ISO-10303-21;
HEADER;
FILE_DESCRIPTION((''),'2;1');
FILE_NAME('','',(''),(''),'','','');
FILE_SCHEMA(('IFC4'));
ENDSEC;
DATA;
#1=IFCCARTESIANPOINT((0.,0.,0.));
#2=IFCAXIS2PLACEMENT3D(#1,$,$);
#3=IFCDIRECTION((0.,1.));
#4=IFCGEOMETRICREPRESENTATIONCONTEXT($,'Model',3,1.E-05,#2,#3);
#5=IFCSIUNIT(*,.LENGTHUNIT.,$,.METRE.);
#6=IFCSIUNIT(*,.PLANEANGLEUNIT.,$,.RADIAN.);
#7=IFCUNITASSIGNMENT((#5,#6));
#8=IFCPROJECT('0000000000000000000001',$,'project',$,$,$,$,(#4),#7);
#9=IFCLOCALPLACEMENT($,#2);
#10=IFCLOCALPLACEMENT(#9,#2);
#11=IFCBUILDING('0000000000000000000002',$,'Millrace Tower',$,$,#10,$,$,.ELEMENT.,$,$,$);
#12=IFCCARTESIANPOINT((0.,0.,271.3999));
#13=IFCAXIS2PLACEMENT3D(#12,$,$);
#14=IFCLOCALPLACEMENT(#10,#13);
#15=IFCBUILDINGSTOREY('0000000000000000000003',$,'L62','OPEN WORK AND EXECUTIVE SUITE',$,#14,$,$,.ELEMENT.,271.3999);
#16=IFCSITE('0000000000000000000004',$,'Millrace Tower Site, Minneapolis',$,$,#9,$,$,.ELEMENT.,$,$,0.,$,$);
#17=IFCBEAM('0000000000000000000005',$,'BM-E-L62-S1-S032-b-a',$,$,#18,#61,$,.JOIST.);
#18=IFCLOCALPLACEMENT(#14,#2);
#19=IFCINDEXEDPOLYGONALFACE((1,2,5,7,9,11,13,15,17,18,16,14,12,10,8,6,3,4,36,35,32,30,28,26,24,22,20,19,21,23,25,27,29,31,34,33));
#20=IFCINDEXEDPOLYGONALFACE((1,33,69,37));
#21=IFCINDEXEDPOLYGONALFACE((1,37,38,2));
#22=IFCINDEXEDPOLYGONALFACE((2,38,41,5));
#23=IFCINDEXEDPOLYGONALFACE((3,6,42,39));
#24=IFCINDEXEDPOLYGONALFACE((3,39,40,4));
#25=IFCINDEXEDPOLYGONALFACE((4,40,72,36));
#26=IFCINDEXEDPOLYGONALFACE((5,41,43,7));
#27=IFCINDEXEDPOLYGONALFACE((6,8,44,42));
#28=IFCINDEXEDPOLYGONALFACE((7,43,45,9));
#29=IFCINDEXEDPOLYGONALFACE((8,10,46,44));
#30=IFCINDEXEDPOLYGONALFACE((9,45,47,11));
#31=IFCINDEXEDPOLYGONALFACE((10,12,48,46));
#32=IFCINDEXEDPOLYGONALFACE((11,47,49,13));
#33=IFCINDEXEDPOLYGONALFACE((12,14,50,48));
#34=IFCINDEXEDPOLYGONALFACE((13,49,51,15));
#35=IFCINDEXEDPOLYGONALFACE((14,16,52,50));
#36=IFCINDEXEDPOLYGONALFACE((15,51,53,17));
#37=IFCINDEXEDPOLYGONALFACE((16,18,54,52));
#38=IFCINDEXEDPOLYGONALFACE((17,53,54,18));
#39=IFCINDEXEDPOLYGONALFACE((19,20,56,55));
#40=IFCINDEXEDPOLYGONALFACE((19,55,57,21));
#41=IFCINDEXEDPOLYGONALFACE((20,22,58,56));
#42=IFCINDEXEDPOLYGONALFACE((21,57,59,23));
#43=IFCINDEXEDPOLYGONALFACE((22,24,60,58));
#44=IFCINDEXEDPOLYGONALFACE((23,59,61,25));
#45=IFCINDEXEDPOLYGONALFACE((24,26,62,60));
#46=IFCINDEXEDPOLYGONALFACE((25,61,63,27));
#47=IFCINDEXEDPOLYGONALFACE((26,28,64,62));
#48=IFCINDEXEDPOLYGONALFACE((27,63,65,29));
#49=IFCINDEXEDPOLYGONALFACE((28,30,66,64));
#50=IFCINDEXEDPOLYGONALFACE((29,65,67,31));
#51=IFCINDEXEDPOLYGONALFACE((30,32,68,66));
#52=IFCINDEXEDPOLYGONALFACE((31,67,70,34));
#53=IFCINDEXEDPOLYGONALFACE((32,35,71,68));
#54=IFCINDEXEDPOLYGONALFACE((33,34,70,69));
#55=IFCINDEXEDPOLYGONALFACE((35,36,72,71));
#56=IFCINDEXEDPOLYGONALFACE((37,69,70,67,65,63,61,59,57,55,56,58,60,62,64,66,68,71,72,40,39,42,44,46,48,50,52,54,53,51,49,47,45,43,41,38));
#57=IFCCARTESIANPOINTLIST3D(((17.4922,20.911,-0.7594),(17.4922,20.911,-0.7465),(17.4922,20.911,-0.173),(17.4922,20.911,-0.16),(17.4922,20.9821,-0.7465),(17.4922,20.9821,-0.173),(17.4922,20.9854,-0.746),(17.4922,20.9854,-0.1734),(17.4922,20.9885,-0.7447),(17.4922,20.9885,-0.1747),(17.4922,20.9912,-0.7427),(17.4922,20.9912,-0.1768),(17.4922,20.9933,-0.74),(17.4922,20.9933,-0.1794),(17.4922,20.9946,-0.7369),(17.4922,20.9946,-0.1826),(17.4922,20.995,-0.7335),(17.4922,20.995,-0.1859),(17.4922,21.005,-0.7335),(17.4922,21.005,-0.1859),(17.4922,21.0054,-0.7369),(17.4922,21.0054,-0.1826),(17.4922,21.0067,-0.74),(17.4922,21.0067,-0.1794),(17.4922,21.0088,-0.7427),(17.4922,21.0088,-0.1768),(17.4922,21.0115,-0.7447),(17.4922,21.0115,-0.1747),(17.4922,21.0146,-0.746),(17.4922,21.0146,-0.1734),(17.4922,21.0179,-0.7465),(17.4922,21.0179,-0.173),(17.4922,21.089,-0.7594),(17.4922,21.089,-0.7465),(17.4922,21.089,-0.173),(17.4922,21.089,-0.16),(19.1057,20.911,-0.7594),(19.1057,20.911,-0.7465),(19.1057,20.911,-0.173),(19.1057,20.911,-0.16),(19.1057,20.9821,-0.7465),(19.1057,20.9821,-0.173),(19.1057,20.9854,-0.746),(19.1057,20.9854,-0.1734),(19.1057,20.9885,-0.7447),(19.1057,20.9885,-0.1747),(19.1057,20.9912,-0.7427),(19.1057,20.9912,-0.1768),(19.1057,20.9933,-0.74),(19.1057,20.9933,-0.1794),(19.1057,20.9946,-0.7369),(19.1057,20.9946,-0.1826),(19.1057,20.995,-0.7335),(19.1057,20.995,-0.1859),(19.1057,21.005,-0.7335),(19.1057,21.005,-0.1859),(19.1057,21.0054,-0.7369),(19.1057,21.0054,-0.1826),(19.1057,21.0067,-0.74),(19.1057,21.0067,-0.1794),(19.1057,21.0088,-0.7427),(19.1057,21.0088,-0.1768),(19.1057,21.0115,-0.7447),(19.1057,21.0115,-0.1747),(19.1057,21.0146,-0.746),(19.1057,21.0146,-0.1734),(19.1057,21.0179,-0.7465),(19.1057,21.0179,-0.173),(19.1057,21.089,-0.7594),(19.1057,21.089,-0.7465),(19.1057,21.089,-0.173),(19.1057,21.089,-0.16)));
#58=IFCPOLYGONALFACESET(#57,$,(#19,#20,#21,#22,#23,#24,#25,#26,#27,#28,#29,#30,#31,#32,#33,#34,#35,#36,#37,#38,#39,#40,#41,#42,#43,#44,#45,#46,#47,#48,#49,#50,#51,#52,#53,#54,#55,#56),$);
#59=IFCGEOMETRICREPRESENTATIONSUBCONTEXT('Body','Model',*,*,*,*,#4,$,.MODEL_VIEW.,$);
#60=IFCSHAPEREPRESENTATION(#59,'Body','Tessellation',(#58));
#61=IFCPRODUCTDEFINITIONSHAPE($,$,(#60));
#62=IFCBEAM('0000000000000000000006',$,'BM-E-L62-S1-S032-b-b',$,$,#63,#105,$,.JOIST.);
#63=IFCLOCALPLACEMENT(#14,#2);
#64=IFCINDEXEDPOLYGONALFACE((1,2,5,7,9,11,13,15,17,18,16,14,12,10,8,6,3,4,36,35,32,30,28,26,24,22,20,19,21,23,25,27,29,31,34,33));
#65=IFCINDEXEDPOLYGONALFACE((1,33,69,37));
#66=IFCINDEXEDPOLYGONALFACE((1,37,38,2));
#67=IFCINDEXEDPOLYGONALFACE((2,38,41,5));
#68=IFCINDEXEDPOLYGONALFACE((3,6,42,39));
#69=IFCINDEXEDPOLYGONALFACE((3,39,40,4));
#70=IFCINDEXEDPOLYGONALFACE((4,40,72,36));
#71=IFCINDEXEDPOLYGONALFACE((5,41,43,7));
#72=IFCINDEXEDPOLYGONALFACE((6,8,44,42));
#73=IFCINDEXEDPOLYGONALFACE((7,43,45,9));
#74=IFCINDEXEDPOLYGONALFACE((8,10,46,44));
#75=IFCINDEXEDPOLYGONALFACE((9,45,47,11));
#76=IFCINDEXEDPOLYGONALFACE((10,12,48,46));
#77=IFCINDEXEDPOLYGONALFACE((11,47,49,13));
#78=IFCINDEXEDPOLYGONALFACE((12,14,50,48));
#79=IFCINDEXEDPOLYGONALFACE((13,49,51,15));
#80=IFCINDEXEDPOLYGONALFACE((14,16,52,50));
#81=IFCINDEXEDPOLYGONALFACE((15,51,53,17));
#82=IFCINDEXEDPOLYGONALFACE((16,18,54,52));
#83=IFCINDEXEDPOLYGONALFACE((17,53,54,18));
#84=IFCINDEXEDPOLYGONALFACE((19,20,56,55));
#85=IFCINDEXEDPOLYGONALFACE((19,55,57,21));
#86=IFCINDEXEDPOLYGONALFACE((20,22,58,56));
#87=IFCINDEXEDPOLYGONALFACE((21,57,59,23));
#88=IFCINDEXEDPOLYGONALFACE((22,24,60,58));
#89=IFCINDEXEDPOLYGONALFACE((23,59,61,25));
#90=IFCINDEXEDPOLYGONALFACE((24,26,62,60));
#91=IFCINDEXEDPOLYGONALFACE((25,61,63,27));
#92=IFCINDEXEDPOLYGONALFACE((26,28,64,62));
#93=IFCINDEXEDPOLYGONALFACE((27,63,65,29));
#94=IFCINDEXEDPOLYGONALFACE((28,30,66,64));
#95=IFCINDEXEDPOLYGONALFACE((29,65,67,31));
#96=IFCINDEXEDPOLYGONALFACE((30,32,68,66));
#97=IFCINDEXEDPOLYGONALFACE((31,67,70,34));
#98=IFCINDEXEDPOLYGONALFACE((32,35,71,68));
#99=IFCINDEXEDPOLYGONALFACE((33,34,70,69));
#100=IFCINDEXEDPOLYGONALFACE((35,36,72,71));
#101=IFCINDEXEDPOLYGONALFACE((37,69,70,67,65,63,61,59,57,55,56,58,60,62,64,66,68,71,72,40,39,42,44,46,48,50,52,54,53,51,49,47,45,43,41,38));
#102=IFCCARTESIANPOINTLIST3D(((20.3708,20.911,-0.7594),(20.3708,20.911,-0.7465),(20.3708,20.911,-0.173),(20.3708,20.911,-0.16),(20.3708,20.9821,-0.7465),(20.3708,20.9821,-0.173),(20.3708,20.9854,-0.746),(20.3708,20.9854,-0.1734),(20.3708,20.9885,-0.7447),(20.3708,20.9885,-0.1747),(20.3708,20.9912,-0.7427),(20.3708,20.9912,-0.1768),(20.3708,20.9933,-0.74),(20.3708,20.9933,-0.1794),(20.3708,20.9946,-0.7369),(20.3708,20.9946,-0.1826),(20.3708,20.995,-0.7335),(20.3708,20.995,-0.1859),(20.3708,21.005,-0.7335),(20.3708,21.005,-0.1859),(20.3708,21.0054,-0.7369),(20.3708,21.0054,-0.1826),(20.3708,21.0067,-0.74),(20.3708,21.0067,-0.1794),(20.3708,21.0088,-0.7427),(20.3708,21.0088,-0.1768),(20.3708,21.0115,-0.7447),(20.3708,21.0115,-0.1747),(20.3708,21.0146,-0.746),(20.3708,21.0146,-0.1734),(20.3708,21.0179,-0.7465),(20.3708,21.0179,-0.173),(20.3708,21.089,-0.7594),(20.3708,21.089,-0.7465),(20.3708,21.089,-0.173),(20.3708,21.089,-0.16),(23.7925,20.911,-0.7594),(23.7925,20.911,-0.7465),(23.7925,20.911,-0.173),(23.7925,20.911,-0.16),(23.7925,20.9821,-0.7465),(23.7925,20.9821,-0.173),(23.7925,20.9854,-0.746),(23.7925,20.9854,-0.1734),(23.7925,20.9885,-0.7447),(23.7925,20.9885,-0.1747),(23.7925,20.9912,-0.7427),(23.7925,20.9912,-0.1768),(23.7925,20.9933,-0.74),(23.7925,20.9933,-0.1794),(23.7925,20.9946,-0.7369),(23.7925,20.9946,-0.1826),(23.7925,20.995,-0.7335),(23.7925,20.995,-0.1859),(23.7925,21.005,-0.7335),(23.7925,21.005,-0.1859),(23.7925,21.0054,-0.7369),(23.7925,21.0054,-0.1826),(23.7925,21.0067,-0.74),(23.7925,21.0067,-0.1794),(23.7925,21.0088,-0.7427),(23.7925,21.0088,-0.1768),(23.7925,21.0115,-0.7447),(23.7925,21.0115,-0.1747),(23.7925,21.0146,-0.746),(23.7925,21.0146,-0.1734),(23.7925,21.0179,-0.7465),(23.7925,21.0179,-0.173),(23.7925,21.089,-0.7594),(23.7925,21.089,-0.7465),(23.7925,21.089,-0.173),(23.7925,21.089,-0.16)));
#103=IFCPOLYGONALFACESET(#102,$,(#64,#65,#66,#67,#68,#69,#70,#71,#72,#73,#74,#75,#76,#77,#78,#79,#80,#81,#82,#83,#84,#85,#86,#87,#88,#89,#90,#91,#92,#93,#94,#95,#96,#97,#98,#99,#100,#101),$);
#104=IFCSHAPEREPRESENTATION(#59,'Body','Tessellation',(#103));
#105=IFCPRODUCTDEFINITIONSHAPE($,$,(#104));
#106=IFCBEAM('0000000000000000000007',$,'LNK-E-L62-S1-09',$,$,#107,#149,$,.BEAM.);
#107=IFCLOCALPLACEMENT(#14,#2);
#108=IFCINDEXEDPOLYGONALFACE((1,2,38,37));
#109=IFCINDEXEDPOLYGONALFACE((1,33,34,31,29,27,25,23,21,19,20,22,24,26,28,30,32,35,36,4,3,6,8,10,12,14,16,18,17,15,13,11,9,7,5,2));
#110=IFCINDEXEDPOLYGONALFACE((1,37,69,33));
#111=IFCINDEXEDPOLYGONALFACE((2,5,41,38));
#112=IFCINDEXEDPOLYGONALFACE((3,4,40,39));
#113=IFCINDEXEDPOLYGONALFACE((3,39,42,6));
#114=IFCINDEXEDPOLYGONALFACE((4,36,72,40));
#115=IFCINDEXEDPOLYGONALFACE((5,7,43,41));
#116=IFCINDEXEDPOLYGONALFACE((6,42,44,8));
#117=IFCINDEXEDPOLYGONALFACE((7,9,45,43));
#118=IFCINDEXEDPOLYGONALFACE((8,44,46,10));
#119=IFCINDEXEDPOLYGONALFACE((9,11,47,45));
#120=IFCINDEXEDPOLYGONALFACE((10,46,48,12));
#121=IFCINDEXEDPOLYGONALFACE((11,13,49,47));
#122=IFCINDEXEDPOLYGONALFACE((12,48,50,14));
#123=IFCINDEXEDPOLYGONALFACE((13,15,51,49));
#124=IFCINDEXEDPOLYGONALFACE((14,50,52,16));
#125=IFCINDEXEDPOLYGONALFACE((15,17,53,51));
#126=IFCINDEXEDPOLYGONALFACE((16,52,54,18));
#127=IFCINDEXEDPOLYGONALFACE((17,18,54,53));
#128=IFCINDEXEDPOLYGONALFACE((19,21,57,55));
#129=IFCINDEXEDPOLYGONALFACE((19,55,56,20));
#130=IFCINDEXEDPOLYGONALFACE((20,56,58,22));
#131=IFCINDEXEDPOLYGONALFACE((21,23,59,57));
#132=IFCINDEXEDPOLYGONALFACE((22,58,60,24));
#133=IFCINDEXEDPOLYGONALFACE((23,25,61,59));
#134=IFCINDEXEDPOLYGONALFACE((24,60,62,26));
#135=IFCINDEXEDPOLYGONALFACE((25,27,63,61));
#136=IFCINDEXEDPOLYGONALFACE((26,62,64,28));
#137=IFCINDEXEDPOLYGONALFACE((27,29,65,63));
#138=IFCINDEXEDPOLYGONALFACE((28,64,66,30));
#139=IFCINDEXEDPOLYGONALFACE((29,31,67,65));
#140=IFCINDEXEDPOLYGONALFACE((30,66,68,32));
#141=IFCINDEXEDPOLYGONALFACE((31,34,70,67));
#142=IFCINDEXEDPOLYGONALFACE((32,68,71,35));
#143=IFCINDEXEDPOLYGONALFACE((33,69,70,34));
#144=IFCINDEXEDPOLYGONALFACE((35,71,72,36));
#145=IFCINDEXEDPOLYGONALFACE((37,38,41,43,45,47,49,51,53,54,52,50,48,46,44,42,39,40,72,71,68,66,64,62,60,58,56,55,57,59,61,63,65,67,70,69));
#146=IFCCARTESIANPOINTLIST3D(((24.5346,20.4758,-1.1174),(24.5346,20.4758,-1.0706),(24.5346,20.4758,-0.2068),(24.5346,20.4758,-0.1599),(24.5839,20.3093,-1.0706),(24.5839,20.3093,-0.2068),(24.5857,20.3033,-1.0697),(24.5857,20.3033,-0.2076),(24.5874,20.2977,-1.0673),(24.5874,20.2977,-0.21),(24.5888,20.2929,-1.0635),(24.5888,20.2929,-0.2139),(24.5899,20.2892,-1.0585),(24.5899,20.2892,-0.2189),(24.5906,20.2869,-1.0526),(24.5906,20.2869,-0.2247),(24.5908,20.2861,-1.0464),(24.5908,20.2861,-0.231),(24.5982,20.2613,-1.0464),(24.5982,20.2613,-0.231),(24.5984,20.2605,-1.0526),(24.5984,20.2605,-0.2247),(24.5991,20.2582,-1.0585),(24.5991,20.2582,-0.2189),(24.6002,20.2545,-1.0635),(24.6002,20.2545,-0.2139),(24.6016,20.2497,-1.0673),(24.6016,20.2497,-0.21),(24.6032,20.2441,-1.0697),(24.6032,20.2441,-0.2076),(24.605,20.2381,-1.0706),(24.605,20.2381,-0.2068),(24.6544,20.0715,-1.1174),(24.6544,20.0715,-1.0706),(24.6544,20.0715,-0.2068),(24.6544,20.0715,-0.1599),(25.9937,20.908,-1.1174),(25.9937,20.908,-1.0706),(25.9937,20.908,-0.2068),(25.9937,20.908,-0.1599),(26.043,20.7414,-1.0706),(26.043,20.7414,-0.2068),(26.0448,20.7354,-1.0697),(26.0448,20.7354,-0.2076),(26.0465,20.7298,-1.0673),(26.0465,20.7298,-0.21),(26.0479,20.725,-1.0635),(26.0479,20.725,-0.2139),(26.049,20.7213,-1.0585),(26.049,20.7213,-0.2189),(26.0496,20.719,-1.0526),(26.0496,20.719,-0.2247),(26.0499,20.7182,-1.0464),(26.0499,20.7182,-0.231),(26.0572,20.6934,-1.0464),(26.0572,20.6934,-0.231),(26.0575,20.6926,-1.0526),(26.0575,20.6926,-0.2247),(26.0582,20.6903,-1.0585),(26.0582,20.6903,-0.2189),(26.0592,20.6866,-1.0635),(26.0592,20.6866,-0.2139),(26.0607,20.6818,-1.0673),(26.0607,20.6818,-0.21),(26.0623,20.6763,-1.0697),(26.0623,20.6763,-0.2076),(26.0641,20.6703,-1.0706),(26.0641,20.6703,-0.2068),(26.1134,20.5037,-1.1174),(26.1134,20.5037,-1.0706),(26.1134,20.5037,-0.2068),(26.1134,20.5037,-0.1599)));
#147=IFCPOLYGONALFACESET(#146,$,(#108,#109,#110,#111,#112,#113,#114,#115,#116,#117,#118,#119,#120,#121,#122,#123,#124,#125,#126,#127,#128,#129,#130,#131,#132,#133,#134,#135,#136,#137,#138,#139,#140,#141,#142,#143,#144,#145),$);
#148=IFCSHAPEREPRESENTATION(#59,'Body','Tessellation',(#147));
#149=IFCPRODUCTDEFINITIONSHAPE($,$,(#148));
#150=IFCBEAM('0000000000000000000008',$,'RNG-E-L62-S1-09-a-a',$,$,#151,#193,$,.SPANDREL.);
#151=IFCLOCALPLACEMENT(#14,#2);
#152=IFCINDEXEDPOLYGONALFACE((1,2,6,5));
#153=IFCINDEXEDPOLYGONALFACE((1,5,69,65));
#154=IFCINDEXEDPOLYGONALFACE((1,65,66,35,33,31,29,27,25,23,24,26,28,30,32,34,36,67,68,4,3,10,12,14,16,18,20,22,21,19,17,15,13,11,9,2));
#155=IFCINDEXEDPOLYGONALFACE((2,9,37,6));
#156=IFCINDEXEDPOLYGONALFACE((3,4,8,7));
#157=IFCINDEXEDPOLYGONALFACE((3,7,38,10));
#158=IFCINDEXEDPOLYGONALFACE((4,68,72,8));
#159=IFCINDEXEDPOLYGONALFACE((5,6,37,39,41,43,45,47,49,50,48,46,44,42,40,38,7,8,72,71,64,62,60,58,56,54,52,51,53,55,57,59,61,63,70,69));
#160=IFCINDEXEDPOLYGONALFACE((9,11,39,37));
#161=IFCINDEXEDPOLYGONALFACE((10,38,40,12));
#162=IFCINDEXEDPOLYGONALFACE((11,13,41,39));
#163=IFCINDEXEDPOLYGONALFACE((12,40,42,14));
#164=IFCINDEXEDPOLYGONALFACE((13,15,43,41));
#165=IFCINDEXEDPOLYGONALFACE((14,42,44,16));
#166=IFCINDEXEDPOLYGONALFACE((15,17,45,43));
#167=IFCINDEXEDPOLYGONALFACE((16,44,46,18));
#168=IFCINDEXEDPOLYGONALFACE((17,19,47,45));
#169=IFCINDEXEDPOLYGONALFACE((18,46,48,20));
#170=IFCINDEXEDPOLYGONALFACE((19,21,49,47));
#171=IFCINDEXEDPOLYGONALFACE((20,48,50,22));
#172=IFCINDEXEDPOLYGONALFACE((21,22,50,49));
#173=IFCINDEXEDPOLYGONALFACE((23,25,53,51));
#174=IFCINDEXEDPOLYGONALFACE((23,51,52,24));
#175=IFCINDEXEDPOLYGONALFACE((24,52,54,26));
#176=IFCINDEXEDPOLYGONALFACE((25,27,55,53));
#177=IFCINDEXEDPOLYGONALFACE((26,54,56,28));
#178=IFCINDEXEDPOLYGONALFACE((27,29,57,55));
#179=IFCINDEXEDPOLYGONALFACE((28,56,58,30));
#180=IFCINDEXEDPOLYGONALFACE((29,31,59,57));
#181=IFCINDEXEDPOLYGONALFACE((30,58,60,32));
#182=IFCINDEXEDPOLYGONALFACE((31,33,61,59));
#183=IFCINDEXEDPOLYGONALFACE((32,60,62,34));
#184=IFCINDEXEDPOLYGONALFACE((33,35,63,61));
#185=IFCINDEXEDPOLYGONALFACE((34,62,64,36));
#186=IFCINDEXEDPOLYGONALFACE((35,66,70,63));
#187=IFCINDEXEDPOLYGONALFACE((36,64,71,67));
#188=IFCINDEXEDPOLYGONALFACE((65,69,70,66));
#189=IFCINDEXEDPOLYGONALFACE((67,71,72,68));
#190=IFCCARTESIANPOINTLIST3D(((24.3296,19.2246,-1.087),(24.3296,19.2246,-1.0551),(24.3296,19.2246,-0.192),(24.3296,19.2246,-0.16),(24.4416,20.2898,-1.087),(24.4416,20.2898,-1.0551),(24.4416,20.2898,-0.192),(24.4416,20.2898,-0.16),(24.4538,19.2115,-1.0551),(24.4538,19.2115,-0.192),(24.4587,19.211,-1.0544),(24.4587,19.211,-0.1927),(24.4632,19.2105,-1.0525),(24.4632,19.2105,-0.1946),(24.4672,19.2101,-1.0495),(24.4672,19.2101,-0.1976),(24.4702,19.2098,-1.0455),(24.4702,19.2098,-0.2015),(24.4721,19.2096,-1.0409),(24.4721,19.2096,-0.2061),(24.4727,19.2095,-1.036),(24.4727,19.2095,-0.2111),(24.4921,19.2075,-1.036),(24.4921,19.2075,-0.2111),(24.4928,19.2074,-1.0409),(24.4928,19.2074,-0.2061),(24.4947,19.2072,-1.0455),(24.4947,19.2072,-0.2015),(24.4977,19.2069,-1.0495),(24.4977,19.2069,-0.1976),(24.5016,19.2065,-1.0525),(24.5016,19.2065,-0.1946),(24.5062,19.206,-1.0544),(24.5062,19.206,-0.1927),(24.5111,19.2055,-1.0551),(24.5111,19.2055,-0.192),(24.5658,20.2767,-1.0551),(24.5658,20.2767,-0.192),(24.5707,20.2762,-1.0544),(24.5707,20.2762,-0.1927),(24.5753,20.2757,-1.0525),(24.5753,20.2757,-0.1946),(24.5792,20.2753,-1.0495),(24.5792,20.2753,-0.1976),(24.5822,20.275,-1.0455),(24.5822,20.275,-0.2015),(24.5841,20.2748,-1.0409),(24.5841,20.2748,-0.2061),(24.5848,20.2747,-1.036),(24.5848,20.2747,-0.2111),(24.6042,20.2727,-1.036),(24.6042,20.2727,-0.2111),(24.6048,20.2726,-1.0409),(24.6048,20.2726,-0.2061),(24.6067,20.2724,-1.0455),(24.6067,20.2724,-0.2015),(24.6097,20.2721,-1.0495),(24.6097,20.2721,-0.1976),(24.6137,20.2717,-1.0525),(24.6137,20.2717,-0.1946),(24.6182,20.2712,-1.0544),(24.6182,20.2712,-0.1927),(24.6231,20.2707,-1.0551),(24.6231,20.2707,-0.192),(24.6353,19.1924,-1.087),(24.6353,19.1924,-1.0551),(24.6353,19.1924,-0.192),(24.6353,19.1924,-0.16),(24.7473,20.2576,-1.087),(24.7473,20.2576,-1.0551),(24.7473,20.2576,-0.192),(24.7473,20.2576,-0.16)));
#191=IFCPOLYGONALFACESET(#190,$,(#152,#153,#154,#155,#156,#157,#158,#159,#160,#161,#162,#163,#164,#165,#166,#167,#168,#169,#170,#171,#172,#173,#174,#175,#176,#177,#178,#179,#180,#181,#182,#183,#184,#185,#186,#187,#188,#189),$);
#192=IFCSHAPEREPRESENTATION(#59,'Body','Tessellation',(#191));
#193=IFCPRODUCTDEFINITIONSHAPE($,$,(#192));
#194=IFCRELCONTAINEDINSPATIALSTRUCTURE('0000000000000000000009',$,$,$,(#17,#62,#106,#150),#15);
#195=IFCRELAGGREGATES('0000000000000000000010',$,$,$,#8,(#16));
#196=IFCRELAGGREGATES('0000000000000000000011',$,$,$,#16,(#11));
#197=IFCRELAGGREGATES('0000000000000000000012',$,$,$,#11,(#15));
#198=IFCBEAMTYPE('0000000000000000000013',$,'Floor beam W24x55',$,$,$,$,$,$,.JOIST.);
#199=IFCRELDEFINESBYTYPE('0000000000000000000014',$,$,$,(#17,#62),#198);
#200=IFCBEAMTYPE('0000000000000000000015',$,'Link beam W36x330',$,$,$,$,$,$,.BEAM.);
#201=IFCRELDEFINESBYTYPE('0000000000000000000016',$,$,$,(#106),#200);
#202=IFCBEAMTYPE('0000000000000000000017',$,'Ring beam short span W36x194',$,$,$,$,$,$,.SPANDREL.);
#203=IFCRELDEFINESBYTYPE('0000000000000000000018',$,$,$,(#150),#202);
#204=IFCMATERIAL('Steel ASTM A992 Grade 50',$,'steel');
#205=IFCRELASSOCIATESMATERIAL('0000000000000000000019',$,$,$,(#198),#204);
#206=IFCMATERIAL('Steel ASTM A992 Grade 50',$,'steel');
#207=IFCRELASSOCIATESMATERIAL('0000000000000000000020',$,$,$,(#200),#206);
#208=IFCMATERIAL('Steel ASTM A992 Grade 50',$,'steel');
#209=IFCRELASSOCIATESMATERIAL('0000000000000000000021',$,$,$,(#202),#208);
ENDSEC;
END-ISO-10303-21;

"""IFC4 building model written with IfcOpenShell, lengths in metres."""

from ifc_helpers import new_model, si_unit, direction, frame, origin, origin_2d, place, context, subcontext, project, spatial, i_section, extrude, material, material_profile, profile_set, type_object, element, save


model = new_model("IFC4")

# Units and contexts
model_context = context("Model", 3, precision=1e-05, world=origin(), true_north=direction((0.0, 1.0)))
body_context = subcontext(model_context, "Body", "Model", "MODEL_VIEW")
ifc_project = project(units=[si_unit("LENGTHUNIT", "METRE"), si_unit("PLANEANGLEUNIT", "RADIAN")], contexts=[model_context])

# Site, building, storey
site_placement = place(None, origin())
site = spatial("IfcSite", under=ifc_project, at=site_placement, Name="Millrace Tower Site, Minneapolis", CompositionType="ELEMENT", RefElevation=0.0)
building_placement = place(site_placement, origin())
building = spatial("IfcBuilding", under=site, at=building_placement, Name="Millrace Tower", CompositionType="ELEMENT")
storey_placement = place(building_placement, frame((0.0, 0.0, 271.3999)))
storey = spatial("IfcBuildingStorey", under=building, at=storey_placement, Name="L62", Description="OPEN WORK AND EXECUTIVE SUITE", CompositionType="ELEMENT", Elevation=271.3999)

# Beams
ifc_material_1 = material(Name="Steel ASTM A992 Grade 50", Category="steel")
ifc_material_profile_1 = material_profile(ifc_material_1, i_section(OverallWidth=0.178, OverallDepth=0.5994, WebThickness=0.01, FlangeThickness=0.0129, FilletRadius=0.0129, at=origin_2d()))
ifc_profile_set_1 = profile_set([ifc_material_profile_1], Name="Steel ASTM A992 Grade 50")
beam_type_1 = type_object("IfcBeamType", Name="Floor beam W24x55", PredefinedType="JOIST", material=ifc_profile_set_1)
beam_1_placement = place(storey_placement, frame((17.4922, 21.0, -0.4597), z_axis=(1.0, 0.0, 0.0), x_axis=(0.0, 1.0, 0.0)))
element("IfcBeam", 1, at=beam_1_placement, inside=storey, type_object=beam_type_1, Name="BM-E-L62-S1-S032-b-a", PredefinedType="JOIST", context=body_context, shape_type="SweptSolid", body=[
    extrude(i_section(OverallWidth=0.178, OverallDepth=0.5994, WebThickness=0.01, FlangeThickness=0.0129, FilletRadius=0.0129, at=origin_2d()), origin(), (0.0, 0.0, 1.0), 1.6135),
])
beam_2_placement = place(storey_placement, frame((20.3708, 21.0, -0.4597), z_axis=(1.0, 0.0, 0.0), x_axis=(0.0, 1.0, 0.0)))
element("IfcBeam", 2, at=beam_2_placement, inside=storey, type_object=beam_type_1, Name="BM-E-L62-S1-S032-b-b", PredefinedType="JOIST", context=body_context, shape_type="SweptSolid", body=[
    extrude(i_section(OverallWidth=0.178, OverallDepth=0.5994, WebThickness=0.01, FlangeThickness=0.0129, FilletRadius=0.0129, at=origin_2d()), origin(), (0.0, 0.0, 1.0), 3.4216),
])
ifc_material_2 = material(Name="Steel ASTM A992 Grade 50", Category="steel")
ifc_material_profile_2 = material_profile(ifc_material_2, i_section(OverallWidth=0.4216, OverallDepth=0.9575, WebThickness=0.0259, FlangeThickness=0.0469, FilletRadius=0.0242, at=origin_2d()))
ifc_profile_set_2 = profile_set([ifc_material_profile_2], Name="Steel ASTM A992 Grade 50")
beam_type_2 = type_object("IfcBeamType", Name="Link beam W36x330", PredefinedType="BEAM", material=ifc_profile_set_2)
beam_3_placement = place(storey_placement, frame((24.5945, 20.2737, -0.6387), z_axis=(0.958827, 0.28399, 0.0), x_axis=(-0.28399, 0.958827, 0.0)))
element("IfcBeam", 3, at=beam_3_placement, inside=storey, type_object=beam_type_2, Name="LNK-E-L62-S1-09", PredefinedType="BEAM", context=body_context, shape_type="SweptSolid", body=[
    extrude(i_section(OverallWidth=0.4216, OverallDepth=0.9575, WebThickness=0.0259, FlangeThickness=0.0469, FilletRadius=0.0242, at=origin_2d()), origin(), (0.0, 0.0, 1.0), 1.5217),
])
ifc_material_3 = material(Name="Steel ASTM A992 Grade 50", Category="steel")
ifc_material_profile_3 = material_profile(ifc_material_3, i_section(OverallWidth=0.3074, OverallDepth=0.927, WebThickness=0.0195, FlangeThickness=0.032, FilletRadius=0.019, at=origin_2d()))
ifc_profile_set_3 = profile_set([ifc_material_profile_3], Name="Steel ASTM A992 Grade 50")
beam_type_3 = type_object("IfcBeamType", Name="Ring beam short span W36x194", PredefinedType="SPANDREL", material=ifc_profile_set_3)
beam_4_placement = place(storey_placement, frame((24.5945, 20.2737, -0.6235), z_axis=(-0.104625, -0.994512, 0.0), x_axis=(0.994512, -0.104625, 0.0)))
element("IfcBeam", 4, at=beam_4_placement, inside=storey, type_object=beam_type_3, Name="RNG-E-L62-S1-09-a-a", PredefinedType="SPANDREL", context=body_context, shape_type="SweptSolid", body=[
    extrude(i_section(OverallWidth=0.3074, OverallDepth=0.927, WebThickness=0.0195, FlangeThickness=0.032, FilletRadius=0.019, at=origin_2d()), origin(), (0.0, 0.0, 1.0), 1.071),
])

save(model, "model.ifc")
